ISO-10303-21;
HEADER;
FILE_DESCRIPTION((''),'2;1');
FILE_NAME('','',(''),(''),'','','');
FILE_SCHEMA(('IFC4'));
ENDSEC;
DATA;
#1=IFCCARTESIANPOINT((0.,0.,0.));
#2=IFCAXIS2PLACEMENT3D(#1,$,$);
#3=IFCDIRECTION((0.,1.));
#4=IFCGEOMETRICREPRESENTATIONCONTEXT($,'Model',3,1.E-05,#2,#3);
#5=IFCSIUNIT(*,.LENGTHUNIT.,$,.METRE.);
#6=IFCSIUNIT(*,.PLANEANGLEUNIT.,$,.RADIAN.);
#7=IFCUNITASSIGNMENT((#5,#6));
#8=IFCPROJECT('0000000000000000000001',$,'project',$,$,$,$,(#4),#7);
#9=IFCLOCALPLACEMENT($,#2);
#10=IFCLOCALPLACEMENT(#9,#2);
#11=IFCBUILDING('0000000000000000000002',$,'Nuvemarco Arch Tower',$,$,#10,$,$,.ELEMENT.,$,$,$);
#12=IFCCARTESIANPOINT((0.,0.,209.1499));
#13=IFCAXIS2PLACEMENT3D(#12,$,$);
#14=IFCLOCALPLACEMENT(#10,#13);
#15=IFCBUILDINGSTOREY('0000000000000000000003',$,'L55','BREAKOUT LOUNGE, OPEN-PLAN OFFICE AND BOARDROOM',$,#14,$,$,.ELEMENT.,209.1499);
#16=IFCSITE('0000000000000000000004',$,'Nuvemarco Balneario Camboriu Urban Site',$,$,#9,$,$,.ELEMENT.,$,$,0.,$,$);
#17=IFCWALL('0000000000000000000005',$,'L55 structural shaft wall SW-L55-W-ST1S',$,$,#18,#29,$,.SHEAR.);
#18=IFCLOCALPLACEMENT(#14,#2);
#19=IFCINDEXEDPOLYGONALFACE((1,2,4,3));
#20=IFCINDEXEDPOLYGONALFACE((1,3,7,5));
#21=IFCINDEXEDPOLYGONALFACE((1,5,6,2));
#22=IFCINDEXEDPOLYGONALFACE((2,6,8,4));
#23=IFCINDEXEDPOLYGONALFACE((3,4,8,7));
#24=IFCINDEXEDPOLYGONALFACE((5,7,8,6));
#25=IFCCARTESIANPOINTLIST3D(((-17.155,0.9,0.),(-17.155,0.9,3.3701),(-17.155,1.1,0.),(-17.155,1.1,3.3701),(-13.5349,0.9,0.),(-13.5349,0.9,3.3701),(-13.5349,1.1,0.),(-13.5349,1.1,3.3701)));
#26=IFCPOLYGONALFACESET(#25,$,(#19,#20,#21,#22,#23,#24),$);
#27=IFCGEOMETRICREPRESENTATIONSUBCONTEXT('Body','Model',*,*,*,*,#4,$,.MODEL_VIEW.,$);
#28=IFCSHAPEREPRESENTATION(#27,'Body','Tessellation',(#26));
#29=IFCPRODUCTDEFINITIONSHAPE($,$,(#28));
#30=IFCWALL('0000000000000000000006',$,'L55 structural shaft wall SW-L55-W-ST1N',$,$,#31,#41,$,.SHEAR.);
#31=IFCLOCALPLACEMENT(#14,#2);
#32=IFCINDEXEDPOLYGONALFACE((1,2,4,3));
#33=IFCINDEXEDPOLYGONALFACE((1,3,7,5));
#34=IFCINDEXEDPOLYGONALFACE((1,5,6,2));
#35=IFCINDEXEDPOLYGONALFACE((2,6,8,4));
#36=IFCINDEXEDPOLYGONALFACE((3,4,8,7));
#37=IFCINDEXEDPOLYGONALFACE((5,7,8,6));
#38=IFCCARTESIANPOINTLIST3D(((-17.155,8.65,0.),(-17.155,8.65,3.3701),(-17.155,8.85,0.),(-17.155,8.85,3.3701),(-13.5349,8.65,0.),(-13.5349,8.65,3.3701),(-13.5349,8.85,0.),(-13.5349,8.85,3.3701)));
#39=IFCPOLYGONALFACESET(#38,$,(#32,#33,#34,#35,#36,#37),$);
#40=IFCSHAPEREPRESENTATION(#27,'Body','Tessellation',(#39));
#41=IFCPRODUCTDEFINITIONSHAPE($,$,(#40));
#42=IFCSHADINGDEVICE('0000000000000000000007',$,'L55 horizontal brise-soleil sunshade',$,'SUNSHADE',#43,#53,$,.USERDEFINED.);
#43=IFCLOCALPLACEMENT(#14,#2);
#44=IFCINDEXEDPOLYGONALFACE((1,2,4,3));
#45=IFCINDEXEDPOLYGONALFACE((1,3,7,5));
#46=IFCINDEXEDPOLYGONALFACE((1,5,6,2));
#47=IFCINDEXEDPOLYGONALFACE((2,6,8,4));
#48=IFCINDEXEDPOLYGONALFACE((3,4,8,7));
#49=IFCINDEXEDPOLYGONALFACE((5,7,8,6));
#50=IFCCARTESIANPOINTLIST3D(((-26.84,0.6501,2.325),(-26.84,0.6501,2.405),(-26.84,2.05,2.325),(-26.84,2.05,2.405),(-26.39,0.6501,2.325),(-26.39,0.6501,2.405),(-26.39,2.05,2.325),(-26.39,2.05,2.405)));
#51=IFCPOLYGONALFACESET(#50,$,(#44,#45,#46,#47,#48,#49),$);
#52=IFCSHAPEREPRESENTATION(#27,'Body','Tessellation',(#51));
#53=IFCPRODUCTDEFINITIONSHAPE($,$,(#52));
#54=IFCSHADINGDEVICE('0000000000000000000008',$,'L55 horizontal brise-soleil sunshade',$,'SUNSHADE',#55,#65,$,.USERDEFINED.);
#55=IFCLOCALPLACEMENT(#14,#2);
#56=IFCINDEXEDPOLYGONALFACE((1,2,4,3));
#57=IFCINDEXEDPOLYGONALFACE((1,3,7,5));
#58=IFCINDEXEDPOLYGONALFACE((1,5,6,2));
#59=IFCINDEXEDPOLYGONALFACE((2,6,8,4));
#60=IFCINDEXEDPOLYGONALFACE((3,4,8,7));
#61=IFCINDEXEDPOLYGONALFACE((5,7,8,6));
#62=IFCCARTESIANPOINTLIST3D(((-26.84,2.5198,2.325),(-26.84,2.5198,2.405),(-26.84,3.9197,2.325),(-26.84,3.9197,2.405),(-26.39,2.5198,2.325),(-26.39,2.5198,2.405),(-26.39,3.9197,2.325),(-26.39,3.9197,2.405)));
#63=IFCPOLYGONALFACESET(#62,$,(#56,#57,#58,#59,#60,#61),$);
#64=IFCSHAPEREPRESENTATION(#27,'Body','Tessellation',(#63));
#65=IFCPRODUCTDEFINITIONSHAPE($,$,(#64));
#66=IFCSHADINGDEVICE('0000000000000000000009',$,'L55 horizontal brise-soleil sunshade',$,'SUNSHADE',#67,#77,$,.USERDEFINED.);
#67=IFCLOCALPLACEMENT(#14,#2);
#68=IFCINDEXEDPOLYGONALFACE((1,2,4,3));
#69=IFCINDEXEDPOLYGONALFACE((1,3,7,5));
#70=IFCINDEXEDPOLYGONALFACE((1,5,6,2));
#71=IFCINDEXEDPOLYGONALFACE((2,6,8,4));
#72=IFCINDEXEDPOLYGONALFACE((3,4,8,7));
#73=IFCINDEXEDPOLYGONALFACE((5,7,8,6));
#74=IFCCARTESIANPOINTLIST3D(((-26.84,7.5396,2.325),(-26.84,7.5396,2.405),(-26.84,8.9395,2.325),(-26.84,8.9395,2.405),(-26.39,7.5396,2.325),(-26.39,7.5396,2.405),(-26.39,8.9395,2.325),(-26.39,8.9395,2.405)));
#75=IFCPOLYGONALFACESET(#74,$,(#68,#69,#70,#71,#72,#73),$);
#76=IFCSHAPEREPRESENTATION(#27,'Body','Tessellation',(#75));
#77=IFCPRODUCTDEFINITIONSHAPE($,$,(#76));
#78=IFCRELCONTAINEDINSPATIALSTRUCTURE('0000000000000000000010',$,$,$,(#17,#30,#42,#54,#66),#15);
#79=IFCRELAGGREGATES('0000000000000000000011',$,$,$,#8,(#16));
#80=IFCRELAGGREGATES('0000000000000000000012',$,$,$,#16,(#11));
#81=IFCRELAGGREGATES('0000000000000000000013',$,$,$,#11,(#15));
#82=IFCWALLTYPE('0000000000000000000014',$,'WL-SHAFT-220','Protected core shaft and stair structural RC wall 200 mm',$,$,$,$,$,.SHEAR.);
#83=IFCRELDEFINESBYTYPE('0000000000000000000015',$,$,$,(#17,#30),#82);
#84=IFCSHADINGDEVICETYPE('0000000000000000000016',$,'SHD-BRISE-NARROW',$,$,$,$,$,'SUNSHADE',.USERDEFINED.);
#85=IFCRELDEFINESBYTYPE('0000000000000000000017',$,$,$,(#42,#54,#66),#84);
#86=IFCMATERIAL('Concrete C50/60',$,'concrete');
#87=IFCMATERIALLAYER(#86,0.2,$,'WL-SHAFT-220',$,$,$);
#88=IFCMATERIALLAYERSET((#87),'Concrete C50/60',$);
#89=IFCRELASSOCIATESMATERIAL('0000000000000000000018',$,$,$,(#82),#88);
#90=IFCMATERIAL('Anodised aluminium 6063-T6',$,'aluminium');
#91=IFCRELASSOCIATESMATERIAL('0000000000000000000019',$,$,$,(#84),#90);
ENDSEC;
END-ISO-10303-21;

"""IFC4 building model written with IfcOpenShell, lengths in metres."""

from ifc_helpers import new_model, si_unit, direction, frame, frame_2d, origin, origin_2d, place, context, subcontext, project, spatial, rectangle, extrude, source, transform, mapped, material, layer, layer_set, type_object, type_shapes, element, save


model = new_model("IFC4")

# Units and contexts
model_context = context("Model", 3, precision=1e-05, world=origin(), true_north=direction((0.0, 1.0)))
body_context = subcontext(model_context, "Body", "Model", "MODEL_VIEW")
ifc_project = project(units=[si_unit("LENGTHUNIT", "METRE"), si_unit("PLANEANGLEUNIT", "RADIAN")], contexts=[model_context])

# Site, building, storey
site_placement = place(None, origin())
site = spatial("IfcSite", under=ifc_project, at=site_placement, Name="Nuvemarco Balneario Camboriu Urban Site", CompositionType="ELEMENT", RefElevation=0.0)
building_placement = place(site_placement, origin())
building = spatial("IfcBuilding", under=site, at=building_placement, Name="Nuvemarco Arch Tower", CompositionType="ELEMENT")
storey_placement = place(building_placement, frame((0.0, 0.0, 209.1499)))
storey = spatial("IfcBuildingStorey", under=building, at=storey_placement, Name="L55", Description="BREAKOUT LOUNGE, OPEN-PLAN OFFICE AND BOARDROOM", CompositionType="ELEMENT", Elevation=209.1499)

# Shared definitions
ifc_material_1 = material(Name="Concrete C50/60", Category="concrete")

# Walls
ifc_layer_1 = layer(ifc_material_1, 0.2, Name="WL-SHAFT-220")
ifc_layer_set_1 = layer_set([ifc_layer_1], Name="Concrete C50/60")
wall_type_1 = type_object("IfcWallType", Name="WL-SHAFT-220", Description="Protected core shaft and stair structural RC wall 200 mm", PredefinedType="SHEAR", material=ifc_layer_set_1)
for number, where, z_axis, x_axis, name in (
    (1, (-17.155, 1.0, 0.0), (0.0, 0.0, 1.0), (1.0, 0.0, 0.0), "L55 structural shaft wall SW-L55-W-ST1S"),
    (2, (-17.155, 8.75, 0.0), (0.0, 0.0, 1.0), (1.0, 0.0, 0.0), "L55 structural shaft wall SW-L55-W-ST1N"),
):
    element("IfcWall", number, at=place(storey_placement, frame(where, z_axis=z_axis, x_axis=x_axis)), inside=storey, type_object=wall_type_1, Name=name, PredefinedType="SHEAR", context=body_context, shape_type="SweptSolid", body=[
        extrude(rectangle(XDim=3.6201, YDim=0.2, at=frame_2d((1.8101, 0.0))), origin(), (0.0, 0.0, 1.0), 3.3701),
    ])

# Shading devices
ifc_material_2 = material(Name="Anodised aluminium 6063-T6", Category="aluminium")
shading_device_type = type_object("IfcShadingDeviceType", Name="SHD-BRISE-NARROW", ElementType="SUNSHADE", PredefinedType="USERDEFINED", material=ifc_material_2)
shared_shape_1 = source(origin(), body_context, "Body", "SweptSolid", [
    extrude(rectangle(XDim=1.3999, YDim=0.45, at=origin_2d()), origin(), (0.0, 0.0, 1.0), 0.0801),
])
type_shapes(shading_device_type, [shared_shape_1])
for number, where, z_axis, x_axis, name in (
    (3, (-26.615, 1.3501, 2.325), (0.0, 0.0, 1.0), (0.0, 1.0, 0.0), "L55 horizontal brise-soleil sunshade"),
    (4, (-26.615, 3.2197, 2.325), (0.0, 0.0, 1.0), (0.0, 1.0, 0.0), "L55 horizontal brise-soleil sunshade"),
    (5, (-26.615, 8.2395, 2.325), (0.0, 0.0, 1.0), (0.0, 1.0, 0.0), "L55 horizontal brise-soleil sunshade"),
):
    element("IfcShadingDevice", number, at=place(storey_placement, frame(where, z_axis=z_axis, x_axis=x_axis)), inside=storey, type_object=shading_device_type, Name=name, ObjectType="SUNSHADE", PredefinedType="USERDEFINED", context=body_context, shape_type="MappedRepresentation", body=[
        mapped(shared_shape_1, transform((0.0, 0.0, 0.0), scale=1.0)),
    ])

save(model, "model.ifc")
